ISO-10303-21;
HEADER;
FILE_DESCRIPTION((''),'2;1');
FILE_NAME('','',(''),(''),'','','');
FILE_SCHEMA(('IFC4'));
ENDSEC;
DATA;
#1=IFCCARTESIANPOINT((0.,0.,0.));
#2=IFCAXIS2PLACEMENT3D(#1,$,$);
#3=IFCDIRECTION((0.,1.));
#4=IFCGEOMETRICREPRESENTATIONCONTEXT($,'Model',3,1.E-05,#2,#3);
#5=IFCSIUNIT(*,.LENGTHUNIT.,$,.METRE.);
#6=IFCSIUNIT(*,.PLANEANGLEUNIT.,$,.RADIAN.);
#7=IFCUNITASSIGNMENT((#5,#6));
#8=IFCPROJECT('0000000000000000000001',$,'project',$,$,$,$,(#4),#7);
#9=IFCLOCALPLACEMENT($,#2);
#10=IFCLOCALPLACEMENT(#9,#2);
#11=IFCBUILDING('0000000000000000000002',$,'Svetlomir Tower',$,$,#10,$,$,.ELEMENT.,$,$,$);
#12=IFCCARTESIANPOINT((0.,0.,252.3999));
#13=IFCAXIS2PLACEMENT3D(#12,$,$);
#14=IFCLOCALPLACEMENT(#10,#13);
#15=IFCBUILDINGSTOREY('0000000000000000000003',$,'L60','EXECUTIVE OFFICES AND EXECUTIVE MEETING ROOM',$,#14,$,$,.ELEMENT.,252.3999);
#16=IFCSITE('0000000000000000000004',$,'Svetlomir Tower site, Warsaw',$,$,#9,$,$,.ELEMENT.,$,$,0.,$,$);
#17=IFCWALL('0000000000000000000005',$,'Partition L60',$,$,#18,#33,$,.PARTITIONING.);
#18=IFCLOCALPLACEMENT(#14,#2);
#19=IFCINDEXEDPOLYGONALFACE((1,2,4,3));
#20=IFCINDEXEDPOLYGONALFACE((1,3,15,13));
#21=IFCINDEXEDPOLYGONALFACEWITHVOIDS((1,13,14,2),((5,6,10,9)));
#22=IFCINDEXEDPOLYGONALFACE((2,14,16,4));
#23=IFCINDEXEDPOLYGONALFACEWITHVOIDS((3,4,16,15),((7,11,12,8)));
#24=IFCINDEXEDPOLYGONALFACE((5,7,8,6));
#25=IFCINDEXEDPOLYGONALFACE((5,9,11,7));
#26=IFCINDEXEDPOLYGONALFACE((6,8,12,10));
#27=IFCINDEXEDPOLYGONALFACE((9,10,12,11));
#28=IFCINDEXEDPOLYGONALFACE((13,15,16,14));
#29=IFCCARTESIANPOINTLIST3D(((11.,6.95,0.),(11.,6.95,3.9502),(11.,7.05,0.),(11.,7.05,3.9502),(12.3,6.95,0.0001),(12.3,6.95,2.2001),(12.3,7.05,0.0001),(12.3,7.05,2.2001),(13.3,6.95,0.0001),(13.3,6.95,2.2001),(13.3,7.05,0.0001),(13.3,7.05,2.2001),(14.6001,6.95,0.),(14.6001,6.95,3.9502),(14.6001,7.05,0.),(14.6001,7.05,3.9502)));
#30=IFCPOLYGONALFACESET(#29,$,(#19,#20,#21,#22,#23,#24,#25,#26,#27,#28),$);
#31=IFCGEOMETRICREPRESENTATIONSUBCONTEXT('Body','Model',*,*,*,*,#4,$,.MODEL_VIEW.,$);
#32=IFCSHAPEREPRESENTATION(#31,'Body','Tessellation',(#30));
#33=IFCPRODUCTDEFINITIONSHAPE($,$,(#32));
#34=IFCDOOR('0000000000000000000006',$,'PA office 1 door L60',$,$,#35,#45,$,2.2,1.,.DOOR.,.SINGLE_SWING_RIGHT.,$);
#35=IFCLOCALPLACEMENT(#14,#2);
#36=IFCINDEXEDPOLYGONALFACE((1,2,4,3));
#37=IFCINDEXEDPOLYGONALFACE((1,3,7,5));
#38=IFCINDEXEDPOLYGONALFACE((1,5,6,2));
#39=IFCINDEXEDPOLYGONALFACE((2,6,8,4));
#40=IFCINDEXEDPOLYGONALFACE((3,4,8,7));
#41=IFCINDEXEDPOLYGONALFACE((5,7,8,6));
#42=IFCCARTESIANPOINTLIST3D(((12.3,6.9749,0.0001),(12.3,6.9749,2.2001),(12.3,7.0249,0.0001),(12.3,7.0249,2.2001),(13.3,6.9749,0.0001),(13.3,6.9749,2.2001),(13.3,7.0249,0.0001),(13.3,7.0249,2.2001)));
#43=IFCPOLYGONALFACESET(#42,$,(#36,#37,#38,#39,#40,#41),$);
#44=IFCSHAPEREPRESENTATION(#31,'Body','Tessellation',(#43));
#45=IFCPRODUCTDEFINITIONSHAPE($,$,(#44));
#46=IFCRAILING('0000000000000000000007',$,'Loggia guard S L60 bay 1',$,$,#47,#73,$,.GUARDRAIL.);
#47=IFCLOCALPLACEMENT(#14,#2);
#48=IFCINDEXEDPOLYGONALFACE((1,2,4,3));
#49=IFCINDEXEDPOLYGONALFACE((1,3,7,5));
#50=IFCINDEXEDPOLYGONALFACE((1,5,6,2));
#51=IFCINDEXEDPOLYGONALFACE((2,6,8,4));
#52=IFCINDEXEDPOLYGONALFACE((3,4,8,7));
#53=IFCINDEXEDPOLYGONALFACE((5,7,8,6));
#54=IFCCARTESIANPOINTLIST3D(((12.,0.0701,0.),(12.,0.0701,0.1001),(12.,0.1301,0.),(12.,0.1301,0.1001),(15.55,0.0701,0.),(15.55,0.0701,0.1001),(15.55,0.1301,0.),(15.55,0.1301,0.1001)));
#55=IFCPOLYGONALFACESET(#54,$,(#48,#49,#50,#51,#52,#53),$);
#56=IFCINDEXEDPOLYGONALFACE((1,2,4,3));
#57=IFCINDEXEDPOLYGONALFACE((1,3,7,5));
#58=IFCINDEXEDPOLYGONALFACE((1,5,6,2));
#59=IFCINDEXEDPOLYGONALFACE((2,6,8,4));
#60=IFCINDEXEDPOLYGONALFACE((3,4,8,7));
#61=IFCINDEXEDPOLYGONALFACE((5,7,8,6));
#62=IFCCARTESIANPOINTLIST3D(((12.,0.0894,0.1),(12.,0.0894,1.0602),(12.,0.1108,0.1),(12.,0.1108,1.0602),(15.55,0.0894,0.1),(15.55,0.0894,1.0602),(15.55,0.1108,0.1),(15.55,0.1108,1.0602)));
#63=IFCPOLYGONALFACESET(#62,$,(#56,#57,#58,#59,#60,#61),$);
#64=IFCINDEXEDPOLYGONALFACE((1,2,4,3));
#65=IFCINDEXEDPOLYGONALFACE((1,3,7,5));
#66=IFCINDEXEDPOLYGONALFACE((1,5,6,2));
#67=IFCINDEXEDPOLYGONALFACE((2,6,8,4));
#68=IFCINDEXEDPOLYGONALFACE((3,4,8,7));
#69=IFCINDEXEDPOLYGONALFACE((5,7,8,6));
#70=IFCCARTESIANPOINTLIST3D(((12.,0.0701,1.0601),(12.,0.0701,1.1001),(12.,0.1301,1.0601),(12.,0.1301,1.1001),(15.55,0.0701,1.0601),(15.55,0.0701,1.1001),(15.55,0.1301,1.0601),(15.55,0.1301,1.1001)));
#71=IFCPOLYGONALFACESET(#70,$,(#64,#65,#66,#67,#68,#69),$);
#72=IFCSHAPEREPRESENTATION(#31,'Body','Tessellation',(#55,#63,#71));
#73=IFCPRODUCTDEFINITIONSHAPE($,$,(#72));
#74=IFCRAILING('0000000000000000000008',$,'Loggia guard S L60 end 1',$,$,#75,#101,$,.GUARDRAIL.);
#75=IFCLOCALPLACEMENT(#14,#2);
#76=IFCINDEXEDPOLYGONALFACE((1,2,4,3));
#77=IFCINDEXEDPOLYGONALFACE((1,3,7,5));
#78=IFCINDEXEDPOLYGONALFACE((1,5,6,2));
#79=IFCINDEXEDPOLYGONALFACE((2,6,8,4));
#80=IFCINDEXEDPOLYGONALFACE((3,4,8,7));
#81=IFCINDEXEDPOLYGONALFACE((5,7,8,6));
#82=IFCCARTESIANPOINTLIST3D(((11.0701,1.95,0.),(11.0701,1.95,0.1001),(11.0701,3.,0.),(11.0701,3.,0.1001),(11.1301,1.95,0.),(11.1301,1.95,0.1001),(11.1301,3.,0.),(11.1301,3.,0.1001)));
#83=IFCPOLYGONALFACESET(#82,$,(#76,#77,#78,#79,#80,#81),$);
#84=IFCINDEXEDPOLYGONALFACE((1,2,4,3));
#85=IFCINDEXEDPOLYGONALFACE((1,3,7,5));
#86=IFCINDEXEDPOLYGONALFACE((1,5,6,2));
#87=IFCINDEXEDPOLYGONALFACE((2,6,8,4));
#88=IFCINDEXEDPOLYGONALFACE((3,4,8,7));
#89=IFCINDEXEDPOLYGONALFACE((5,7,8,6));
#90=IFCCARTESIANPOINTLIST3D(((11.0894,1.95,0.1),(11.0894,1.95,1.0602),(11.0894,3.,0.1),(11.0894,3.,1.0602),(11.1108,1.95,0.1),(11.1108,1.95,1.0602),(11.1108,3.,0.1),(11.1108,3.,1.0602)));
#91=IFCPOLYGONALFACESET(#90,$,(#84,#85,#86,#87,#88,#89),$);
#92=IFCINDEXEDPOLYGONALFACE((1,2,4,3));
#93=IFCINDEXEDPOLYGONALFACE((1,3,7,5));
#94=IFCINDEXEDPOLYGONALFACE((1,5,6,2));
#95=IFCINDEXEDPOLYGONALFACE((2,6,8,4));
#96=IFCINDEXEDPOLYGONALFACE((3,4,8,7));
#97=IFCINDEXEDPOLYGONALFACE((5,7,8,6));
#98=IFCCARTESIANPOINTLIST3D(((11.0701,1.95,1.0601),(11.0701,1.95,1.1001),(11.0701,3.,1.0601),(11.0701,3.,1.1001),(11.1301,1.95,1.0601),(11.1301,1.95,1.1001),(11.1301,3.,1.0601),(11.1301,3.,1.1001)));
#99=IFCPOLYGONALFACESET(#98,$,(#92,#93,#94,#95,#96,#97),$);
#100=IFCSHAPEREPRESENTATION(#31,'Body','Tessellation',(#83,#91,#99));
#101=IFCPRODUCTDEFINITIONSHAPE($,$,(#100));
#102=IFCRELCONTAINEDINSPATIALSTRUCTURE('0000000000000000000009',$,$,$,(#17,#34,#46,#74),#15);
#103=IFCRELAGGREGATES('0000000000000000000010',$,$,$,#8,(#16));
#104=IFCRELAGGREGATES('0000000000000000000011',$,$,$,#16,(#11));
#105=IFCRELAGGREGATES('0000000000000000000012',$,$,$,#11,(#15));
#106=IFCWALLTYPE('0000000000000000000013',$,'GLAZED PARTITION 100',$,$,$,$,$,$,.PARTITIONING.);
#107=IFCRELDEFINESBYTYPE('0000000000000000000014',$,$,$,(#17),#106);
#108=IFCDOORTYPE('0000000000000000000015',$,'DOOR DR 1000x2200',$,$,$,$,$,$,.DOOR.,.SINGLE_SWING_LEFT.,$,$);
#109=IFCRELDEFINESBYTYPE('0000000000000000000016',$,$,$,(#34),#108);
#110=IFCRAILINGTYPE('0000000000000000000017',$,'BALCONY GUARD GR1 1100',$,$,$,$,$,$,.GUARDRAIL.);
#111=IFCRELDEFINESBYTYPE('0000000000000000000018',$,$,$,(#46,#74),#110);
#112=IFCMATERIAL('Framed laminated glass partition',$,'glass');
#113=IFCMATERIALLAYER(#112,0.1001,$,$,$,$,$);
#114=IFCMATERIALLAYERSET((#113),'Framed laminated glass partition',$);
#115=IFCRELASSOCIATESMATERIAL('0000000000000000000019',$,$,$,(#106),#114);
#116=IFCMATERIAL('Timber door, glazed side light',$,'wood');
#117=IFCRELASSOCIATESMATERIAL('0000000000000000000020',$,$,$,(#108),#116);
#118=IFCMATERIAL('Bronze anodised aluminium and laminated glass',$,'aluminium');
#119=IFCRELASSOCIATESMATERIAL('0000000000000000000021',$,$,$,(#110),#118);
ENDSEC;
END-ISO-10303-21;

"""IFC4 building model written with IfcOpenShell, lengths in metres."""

from ifc_helpers import new_model, si_unit, direction, frame, frame_2d, origin, origin_2d, place, context, subcontext, project, spatial, rectangle, extrude, material, layer, layer_set, type_object, element, fill, save


model = new_model("IFC4")

# Units and contexts
model_context = context("Model", 3, precision=1e-05, world=origin(), true_north=direction((0.0, 1.0)))
body_context = subcontext(model_context, "Body", "Model", "MODEL_VIEW")
ifc_project = project(units=[si_unit("LENGTHUNIT", "METRE"), si_unit("PLANEANGLEUNIT", "RADIAN")], contexts=[model_context])

# Site, building, storey
site_placement = place(None, origin())
site = spatial("IfcSite", under=ifc_project, at=site_placement, Name="Svetlomir Tower site, Warsaw", CompositionType="ELEMENT", RefElevation=0.0)
building_placement = place(site_placement, origin())
building = spatial("IfcBuilding", under=site, at=building_placement, Name="Svetlomir Tower", CompositionType="ELEMENT")
storey_placement = place(building_placement, frame((0.0, 0.0, 252.3999)))
storey = spatial("IfcBuildingStorey", under=building, at=storey_placement, Name="L60", Description="EXECUTIVE OFFICES AND EXECUTIVE MEETING ROOM", CompositionType="ELEMENT", Elevation=252.3999)

# Wall, opening, door
ifc_material_1 = material(Name="Framed laminated glass partition", Category="glass")
ifc_layer_1 = layer(ifc_material_1, 0.1001)
ifc_layer_set_1 = layer_set([ifc_layer_1], Name="Framed laminated glass partition")
wall_type = type_object("IfcWallType", Name="GLAZED PARTITION 100", PredefinedType="PARTITIONING", material=ifc_layer_set_1)
wall_placement = place(storey_placement, frame((11.0, 7.0, 0.0), z_axis=(0.0, 0.0, 1.0), x_axis=(1.0, 0.0, 0.0)))
wall = element("IfcWall", 1, at=wall_placement, inside=storey, type_object=wall_type, Name="Partition L60", PredefinedType="PARTITIONING", context=body_context, shape_type="SweptSolid", body=[
    extrude(rectangle(XDim=3.6001, YDim=0.1001, at=frame_2d((1.8, 0.0))), origin(), (0.0, 0.0, 1.0), 3.9502),
])
opening_placement = place(wall_placement, frame((1.3, 0.0, 0.0)))
opening = element("IfcOpeningElement", 2, at=opening_placement, cuts=wall, PredefinedType="OPENING", context=body_context, shape_type="SweptSolid", body=[
    extrude(rectangle(XDim=1.0, YDim=2.2, at=frame_2d((0.5, 1.1001))), frame((0.0, 0.0601, 0.0), z_axis=(0.0, -1.0, 0.0), x_axis=(1.0, 0.0, 0.0)), (0.0, 0.0, 1.0), 0.1201),
])
ifc_material_2 = material(Name="Timber door, glazed side light", Category="wood")
door_type = type_object("IfcDoorType", Name="DOOR DR 1000x2200", OperationType="SINGLE_SWING_LEFT", PredefinedType="DOOR", material=ifc_material_2)
door_placement = place(opening_placement, origin())
door = element("IfcDoor", 3, at=door_placement, inside=storey, type_object=door_type, Name="PA office 1 door L60", OperationType="SINGLE_SWING_RIGHT", OverallHeight=2.2, OverallWidth=1.0, PredefinedType="DOOR", context=body_context, shape_type="SweptSolid", body=[
    extrude(rectangle(XDim=1.0, YDim=2.2, at=frame_2d((0.5, 1.1001))), frame((0.0, 0.0249, 0.0), z_axis=(0.0, -1.0, 0.0), x_axis=(1.0, 0.0, 0.0)), (0.0, 0.0, 1.0), 0.05),
])
fill(opening, door)

# Railings
ifc_material_3 = material(Name="Bronze anodised aluminium and laminated glass", Category="aluminium")
railing_type = type_object("IfcRailingType", Name="BALCONY GUARD GR1 1100", PredefinedType="GUARDRAIL", material=ifc_material_3)
railing_1_placement = place(storey_placement, frame((12.0, 0.1001, 0.0)))
element("IfcRailing", 4, at=railing_1_placement, inside=storey, type_object=railing_type, Name="Loggia guard S L60 bay 1", PredefinedType="GUARDRAIL", context=body_context, shape_type="SweptSolid", body=[
    extrude(rectangle(XDim=0.0601, YDim=0.1001, at=origin_2d()), frame((0.0, 0.0, 0.05), z_axis=(1.0, 0.0, 0.0), x_axis=(0.0, 1.0, 0.0)), (0.0, 0.0, 1.0), 3.55),
    extrude(rectangle(XDim=0.0215, YDim=0.9602, at=origin_2d()), frame((0.0, 0.0, 0.5801), z_axis=(1.0, 0.0, 0.0), x_axis=(0.0, 1.0, 0.0)), (0.0, 0.0, 1.0), 3.55),
    extrude(rectangle(XDim=0.0601, YDim=0.04, at=origin_2d()), frame((0.0, 0.0, 1.0801), z_axis=(1.0, 0.0, 0.0), x_axis=(0.0, 1.0, 0.0)), (0.0, 0.0, 1.0), 3.55),
])
railing_2_placement = place(storey_placement, frame((11.1001, 1.95, 0.0)))
element("IfcRailing", 5, at=railing_2_placement, inside=storey, type_object=railing_type, Name="Loggia guard S L60 end 1", PredefinedType="GUARDRAIL", context=body_context, shape_type="SweptSolid", body=[
    extrude(rectangle(XDim=0.0601, YDim=0.1001, at=origin_2d()), frame((0.0, 0.0, 0.05), z_axis=(0.0, 1.0, 0.0), x_axis=(-1.0, 0.0, 0.0)), (0.0, 0.0, 1.0), 1.05),
    extrude(rectangle(XDim=0.0215, YDim=0.9602, at=origin_2d()), frame((0.0, 0.0, 0.5801), z_axis=(0.0, 1.0, 0.0), x_axis=(-1.0, 0.0, 0.0)), (0.0, 0.0, 1.0), 1.05),
    extrude(rectangle(XDim=0.0601, YDim=0.04, at=origin_2d()), frame((0.0, 0.0, 1.0801), z_axis=(0.0, 1.0, 0.0), x_axis=(-1.0, 0.0, 0.0)), (0.0, 0.0, 1.0), 1.05),
])

save(model, "model.ifc")
